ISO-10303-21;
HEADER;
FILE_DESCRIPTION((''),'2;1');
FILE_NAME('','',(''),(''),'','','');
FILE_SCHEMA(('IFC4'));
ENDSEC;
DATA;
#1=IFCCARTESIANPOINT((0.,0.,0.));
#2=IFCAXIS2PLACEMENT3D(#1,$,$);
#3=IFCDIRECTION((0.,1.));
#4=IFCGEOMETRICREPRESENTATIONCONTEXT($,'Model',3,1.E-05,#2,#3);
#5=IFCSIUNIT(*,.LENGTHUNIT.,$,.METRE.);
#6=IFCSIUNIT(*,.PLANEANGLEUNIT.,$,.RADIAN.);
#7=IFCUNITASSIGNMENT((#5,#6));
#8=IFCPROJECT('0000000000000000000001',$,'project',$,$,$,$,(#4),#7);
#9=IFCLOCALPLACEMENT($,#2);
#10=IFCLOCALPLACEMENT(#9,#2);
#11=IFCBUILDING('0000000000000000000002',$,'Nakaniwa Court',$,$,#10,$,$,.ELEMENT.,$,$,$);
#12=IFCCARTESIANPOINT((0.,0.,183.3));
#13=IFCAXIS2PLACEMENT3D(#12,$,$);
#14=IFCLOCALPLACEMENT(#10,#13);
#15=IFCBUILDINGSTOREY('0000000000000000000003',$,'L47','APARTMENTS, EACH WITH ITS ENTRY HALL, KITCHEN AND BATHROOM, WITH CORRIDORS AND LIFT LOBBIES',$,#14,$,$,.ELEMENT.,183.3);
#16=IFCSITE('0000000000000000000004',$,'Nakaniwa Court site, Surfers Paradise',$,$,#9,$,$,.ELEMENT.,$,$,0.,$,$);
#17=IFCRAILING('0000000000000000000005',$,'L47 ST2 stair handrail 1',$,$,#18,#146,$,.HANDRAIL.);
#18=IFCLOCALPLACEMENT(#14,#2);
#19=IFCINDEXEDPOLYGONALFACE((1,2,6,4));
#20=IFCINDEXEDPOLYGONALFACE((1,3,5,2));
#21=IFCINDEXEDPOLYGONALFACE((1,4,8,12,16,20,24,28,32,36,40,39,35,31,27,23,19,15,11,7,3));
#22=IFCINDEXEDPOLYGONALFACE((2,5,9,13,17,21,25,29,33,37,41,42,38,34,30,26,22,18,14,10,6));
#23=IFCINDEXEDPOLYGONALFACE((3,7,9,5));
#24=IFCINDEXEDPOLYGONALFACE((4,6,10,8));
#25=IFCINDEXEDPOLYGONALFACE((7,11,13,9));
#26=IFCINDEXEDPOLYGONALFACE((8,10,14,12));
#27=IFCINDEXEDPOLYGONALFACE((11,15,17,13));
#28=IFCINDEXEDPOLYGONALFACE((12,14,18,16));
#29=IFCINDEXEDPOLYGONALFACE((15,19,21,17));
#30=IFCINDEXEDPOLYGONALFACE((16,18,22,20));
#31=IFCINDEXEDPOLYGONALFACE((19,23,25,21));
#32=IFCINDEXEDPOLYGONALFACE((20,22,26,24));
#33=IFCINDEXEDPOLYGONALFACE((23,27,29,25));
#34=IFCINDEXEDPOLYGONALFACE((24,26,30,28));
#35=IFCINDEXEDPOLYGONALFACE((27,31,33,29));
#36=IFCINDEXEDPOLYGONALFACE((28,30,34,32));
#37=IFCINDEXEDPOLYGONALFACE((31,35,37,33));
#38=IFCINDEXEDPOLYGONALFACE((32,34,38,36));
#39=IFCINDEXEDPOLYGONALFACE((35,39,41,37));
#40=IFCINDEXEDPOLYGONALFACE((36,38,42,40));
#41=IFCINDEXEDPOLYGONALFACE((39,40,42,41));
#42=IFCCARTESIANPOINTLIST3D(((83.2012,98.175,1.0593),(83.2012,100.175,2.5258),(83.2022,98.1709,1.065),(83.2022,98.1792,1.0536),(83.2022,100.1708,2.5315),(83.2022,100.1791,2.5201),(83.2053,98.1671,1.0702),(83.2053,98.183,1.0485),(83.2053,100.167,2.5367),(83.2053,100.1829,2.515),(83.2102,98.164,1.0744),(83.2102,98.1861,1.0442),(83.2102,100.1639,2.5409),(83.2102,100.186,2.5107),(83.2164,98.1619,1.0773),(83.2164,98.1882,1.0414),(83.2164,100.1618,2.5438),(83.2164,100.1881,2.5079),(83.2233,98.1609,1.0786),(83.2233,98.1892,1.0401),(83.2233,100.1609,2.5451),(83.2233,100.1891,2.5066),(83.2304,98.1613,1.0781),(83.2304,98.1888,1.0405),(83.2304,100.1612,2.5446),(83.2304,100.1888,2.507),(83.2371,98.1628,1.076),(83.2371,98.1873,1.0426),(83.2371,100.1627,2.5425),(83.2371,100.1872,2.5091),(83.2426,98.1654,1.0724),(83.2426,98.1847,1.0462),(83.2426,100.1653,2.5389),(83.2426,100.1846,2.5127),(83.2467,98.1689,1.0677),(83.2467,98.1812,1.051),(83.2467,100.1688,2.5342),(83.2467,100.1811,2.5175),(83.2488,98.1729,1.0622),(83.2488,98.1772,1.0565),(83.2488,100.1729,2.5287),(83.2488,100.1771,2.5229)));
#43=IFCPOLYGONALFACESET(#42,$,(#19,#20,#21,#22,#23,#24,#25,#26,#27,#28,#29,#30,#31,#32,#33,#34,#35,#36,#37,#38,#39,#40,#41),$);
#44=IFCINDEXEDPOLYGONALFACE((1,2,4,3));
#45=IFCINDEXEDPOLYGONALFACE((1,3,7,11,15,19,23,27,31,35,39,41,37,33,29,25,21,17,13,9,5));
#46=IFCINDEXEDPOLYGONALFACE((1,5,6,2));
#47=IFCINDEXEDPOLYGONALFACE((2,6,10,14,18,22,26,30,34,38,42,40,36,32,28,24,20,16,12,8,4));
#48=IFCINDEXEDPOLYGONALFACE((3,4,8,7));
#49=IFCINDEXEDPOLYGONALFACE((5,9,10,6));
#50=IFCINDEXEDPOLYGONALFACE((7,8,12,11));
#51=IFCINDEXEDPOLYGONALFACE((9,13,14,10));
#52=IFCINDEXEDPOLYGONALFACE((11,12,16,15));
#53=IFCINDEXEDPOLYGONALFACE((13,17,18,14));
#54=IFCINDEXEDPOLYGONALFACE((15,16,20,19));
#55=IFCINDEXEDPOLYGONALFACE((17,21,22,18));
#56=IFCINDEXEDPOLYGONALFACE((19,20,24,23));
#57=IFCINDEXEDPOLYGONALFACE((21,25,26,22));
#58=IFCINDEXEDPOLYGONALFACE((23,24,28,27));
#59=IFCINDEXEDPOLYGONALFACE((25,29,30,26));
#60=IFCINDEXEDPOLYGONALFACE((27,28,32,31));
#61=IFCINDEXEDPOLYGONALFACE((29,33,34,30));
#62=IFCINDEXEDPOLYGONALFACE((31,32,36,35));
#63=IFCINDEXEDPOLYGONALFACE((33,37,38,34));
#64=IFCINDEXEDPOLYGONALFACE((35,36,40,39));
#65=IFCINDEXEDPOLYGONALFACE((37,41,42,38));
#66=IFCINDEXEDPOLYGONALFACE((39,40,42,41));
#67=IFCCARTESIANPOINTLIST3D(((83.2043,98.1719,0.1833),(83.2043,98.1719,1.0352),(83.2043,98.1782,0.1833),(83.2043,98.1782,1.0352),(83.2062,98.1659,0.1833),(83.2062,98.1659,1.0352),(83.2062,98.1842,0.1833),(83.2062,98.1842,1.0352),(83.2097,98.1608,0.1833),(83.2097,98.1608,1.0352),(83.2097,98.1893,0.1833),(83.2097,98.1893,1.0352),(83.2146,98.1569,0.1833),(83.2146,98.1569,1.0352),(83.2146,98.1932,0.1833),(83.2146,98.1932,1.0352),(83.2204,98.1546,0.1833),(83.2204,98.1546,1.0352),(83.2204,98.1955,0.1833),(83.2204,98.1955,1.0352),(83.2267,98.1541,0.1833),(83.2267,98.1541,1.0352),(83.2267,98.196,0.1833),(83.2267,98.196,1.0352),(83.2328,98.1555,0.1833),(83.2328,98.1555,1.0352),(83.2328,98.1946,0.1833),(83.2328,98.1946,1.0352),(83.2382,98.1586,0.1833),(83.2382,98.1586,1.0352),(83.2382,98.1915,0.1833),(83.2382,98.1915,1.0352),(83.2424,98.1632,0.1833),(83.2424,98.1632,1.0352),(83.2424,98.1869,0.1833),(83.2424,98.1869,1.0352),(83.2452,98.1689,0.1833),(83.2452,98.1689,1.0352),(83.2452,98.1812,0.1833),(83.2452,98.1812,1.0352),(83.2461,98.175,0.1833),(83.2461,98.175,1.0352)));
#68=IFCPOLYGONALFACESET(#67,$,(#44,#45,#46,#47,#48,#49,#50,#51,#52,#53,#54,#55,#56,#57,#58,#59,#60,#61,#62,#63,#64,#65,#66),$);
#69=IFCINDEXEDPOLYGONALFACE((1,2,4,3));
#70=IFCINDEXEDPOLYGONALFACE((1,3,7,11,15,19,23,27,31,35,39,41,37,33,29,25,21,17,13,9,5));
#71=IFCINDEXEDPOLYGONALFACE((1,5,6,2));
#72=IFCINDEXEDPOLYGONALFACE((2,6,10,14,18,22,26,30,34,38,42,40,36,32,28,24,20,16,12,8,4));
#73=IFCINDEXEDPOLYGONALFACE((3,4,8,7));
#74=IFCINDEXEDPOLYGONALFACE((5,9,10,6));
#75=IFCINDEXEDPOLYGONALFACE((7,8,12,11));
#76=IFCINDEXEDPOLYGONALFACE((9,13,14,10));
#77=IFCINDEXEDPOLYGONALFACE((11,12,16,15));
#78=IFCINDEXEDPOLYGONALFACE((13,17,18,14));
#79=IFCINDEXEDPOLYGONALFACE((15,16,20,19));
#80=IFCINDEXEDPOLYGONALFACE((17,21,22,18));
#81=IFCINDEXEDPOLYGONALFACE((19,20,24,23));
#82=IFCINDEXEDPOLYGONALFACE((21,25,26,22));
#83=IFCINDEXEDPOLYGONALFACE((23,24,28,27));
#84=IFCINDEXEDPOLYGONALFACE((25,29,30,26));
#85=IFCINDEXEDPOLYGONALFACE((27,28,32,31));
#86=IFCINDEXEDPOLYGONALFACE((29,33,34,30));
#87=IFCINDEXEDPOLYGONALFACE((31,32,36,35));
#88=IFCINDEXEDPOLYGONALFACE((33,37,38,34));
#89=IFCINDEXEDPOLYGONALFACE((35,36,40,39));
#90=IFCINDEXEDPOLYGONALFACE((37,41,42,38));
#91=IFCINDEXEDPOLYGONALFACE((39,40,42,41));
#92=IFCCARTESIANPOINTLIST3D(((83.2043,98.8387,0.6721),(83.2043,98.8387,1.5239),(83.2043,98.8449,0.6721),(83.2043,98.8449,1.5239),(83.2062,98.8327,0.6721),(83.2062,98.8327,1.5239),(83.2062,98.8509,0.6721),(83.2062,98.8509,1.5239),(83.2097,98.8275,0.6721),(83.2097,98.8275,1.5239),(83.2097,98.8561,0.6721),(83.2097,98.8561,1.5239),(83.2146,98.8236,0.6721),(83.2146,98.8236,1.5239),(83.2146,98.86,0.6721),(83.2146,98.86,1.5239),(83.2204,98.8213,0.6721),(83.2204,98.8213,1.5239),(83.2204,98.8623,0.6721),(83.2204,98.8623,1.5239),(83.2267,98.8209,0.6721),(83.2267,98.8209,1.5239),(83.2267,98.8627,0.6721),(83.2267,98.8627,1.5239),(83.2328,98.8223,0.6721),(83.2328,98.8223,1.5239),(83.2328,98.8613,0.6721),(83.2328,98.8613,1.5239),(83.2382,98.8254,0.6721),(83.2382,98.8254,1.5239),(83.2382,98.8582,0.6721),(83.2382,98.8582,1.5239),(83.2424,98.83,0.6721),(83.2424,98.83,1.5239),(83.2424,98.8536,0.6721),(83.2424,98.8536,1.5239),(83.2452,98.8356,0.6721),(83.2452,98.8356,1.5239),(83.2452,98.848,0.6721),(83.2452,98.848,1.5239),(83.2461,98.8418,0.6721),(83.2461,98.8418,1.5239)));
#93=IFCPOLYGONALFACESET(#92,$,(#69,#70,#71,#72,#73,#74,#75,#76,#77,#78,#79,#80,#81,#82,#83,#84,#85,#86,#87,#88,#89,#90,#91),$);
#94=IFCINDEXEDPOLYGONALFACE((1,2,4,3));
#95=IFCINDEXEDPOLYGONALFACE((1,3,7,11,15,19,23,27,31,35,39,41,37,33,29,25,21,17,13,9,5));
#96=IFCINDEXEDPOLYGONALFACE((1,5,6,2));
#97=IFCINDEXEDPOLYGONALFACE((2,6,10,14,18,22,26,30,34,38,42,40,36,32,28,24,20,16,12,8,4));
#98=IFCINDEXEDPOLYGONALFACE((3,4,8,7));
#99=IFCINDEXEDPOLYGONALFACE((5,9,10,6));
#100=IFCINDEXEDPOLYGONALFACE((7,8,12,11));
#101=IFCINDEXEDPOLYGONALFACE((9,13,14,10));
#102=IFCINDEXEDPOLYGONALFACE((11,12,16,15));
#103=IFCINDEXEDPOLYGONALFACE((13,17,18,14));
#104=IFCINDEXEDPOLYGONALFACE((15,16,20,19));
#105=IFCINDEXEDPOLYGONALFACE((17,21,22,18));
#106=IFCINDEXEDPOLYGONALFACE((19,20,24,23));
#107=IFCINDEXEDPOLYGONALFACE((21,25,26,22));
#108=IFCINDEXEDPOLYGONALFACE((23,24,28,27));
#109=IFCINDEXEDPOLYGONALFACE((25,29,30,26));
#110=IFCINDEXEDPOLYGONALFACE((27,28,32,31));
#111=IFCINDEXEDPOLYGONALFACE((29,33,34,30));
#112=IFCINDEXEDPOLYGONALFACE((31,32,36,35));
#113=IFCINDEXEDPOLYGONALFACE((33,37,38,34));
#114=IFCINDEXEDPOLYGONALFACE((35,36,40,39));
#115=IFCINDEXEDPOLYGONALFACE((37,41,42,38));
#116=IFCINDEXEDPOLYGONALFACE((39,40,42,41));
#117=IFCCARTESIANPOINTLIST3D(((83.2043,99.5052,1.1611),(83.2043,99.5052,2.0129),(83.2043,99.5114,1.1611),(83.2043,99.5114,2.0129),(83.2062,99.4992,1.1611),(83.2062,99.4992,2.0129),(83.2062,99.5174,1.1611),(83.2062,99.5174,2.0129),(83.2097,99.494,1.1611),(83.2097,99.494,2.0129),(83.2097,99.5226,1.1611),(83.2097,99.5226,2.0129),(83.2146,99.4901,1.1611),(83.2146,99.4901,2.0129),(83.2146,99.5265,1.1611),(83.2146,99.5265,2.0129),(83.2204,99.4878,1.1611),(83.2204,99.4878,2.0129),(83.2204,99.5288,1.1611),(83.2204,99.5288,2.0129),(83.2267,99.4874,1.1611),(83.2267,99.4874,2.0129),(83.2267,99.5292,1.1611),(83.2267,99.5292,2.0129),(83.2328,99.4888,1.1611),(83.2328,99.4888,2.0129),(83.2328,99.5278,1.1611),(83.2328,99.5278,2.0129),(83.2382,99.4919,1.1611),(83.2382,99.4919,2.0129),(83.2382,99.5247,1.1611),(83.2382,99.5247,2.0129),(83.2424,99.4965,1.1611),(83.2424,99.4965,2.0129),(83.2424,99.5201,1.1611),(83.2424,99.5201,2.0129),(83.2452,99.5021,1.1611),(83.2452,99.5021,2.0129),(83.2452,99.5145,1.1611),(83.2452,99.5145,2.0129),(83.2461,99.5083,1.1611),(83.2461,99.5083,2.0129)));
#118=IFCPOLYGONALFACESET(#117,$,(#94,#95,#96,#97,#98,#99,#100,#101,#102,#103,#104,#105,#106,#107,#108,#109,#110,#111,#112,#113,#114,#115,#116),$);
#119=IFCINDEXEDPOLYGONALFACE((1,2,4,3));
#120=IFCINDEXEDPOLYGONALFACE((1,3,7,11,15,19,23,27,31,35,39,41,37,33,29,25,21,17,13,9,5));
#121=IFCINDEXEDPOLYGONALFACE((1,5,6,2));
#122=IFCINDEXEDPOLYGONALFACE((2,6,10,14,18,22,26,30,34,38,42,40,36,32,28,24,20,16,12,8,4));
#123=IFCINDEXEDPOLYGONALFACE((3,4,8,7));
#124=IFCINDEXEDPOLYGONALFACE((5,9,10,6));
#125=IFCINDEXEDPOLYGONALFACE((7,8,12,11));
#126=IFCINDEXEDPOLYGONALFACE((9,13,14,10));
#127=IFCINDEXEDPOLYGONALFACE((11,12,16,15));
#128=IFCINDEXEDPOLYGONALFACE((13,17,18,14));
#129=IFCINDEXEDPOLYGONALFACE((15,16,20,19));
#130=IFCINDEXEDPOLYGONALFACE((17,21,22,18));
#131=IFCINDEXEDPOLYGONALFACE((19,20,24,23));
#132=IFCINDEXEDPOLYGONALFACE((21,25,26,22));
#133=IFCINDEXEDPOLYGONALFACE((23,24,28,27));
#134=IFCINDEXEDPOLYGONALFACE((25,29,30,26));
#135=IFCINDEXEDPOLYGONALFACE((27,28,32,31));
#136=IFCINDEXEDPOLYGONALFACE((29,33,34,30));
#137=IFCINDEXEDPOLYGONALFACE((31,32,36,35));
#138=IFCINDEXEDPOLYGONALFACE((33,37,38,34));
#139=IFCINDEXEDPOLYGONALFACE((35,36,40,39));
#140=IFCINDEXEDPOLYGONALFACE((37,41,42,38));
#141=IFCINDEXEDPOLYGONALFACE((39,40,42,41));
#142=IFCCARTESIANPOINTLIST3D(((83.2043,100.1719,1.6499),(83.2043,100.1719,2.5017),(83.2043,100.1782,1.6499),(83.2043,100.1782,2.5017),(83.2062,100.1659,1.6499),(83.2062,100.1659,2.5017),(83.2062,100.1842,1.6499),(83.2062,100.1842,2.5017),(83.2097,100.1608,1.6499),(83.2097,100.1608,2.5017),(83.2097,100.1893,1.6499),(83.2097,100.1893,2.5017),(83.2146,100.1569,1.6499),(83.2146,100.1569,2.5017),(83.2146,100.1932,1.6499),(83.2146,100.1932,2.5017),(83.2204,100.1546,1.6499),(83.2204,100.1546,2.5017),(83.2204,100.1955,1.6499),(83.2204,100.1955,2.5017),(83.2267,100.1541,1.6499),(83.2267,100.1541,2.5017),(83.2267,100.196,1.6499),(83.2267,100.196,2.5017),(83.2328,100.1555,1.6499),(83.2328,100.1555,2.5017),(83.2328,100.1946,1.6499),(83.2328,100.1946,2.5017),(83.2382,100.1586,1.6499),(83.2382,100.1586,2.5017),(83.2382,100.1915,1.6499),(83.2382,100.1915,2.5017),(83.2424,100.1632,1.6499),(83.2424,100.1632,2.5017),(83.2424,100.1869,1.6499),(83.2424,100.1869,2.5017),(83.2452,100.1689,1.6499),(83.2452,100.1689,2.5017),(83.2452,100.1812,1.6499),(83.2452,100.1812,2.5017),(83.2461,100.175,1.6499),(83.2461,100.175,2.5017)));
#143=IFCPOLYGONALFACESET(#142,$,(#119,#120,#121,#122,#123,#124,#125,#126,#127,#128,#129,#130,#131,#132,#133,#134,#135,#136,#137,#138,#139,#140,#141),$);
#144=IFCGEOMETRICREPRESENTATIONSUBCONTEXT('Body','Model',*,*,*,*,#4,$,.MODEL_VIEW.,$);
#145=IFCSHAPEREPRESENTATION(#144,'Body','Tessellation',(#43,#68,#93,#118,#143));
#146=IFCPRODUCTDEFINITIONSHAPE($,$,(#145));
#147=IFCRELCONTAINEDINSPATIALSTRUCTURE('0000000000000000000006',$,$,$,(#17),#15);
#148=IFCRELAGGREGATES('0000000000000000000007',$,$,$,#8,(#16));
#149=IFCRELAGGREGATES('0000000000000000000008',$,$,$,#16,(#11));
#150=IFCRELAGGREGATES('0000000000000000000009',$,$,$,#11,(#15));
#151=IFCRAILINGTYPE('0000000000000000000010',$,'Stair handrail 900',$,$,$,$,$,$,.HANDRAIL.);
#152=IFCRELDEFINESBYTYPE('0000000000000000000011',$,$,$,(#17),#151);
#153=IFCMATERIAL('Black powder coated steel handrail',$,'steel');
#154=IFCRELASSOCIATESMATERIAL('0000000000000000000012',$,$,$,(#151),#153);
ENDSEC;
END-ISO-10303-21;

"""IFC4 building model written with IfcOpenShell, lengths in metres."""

from ifc_helpers import new_model, si_unit, direction, frame, origin, origin_2d, place, context, subcontext, project, spatial, circle, extrude, material, type_object, element, save


model = new_model("IFC4")

# Units and contexts
model_context = context("Model", 3, precision=1e-05, world=origin(), true_north=direction((0.0, 1.0)))
body_context = subcontext(model_context, "Body", "Model", "MODEL_VIEW")
ifc_project = project(units=[si_unit("LENGTHUNIT", "METRE"), si_unit("PLANEANGLEUNIT", "RADIAN")], contexts=[model_context])

# Site, building, storey
site_placement = place(None, origin())
site = spatial("IfcSite", under=ifc_project, at=site_placement, Name="Nakaniwa Court site, Surfers Paradise", CompositionType="ELEMENT", RefElevation=0.0)
building_placement = place(site_placement, origin())
building = spatial("IfcBuilding", under=site, at=building_placement, Name="Nakaniwa Court", CompositionType="ELEMENT")
storey_placement = place(building_placement, frame((0.0, 0.0, 183.3)))
storey = spatial("IfcBuildingStorey", under=building, at=storey_placement, Name="L47", Description="APARTMENTS, EACH WITH ITS ENTRY HALL, KITCHEN AND BATHROOM, WITH CORRIDORS AND LIFT LOBBIES", CompositionType="ELEMENT", Elevation=183.3)

# Railing
ifc_material_1 = material(Name="Black powder coated steel handrail", Category="steel")
railing_type_1 = type_object("IfcRailingType", Name="Stair handrail 900", PredefinedType="HANDRAIL", material=ifc_material_1)
railing_1_placement = place(storey_placement, frame((83.2251, 98.175, 0.1833)))
element("IfcRailing", 1, at=railing_1_placement, inside=storey, type_object=railing_type_1, Name="L47 ST2 stair handrail 1", PredefinedType="HANDRAIL", context=body_context, shape_type="SweptSolid", body=[
    extrude(circle(Radius=0.0239, at=origin_2d()), frame((0.0, 0.0, 0.876), z_axis=(0.0, 0.806427, 0.591334), x_axis=(-1.0, 0.0, 0.0)), (0.0, 0.0, 1.0), 2.48),
    extrude(circle(Radius=0.021, at=origin_2d()), origin(), (0.0, 0.0, 1.0), 0.8518),
    extrude(circle(Radius=0.021, at=origin_2d()), frame((0.0, 0.6667, 0.4888)), (0.0, 0.0, 1.0), 0.8518),
    extrude(circle(Radius=0.021, at=origin_2d()), frame((0.0, 1.3333, 0.9778)), (0.0, 0.0, 1.0), 0.8518),
    extrude(circle(Radius=0.021, at=origin_2d()), frame((0.0, 2.0, 1.4666)), (0.0, 0.0, 1.0), 0.8518),
])

save(model, "model.ifc")
